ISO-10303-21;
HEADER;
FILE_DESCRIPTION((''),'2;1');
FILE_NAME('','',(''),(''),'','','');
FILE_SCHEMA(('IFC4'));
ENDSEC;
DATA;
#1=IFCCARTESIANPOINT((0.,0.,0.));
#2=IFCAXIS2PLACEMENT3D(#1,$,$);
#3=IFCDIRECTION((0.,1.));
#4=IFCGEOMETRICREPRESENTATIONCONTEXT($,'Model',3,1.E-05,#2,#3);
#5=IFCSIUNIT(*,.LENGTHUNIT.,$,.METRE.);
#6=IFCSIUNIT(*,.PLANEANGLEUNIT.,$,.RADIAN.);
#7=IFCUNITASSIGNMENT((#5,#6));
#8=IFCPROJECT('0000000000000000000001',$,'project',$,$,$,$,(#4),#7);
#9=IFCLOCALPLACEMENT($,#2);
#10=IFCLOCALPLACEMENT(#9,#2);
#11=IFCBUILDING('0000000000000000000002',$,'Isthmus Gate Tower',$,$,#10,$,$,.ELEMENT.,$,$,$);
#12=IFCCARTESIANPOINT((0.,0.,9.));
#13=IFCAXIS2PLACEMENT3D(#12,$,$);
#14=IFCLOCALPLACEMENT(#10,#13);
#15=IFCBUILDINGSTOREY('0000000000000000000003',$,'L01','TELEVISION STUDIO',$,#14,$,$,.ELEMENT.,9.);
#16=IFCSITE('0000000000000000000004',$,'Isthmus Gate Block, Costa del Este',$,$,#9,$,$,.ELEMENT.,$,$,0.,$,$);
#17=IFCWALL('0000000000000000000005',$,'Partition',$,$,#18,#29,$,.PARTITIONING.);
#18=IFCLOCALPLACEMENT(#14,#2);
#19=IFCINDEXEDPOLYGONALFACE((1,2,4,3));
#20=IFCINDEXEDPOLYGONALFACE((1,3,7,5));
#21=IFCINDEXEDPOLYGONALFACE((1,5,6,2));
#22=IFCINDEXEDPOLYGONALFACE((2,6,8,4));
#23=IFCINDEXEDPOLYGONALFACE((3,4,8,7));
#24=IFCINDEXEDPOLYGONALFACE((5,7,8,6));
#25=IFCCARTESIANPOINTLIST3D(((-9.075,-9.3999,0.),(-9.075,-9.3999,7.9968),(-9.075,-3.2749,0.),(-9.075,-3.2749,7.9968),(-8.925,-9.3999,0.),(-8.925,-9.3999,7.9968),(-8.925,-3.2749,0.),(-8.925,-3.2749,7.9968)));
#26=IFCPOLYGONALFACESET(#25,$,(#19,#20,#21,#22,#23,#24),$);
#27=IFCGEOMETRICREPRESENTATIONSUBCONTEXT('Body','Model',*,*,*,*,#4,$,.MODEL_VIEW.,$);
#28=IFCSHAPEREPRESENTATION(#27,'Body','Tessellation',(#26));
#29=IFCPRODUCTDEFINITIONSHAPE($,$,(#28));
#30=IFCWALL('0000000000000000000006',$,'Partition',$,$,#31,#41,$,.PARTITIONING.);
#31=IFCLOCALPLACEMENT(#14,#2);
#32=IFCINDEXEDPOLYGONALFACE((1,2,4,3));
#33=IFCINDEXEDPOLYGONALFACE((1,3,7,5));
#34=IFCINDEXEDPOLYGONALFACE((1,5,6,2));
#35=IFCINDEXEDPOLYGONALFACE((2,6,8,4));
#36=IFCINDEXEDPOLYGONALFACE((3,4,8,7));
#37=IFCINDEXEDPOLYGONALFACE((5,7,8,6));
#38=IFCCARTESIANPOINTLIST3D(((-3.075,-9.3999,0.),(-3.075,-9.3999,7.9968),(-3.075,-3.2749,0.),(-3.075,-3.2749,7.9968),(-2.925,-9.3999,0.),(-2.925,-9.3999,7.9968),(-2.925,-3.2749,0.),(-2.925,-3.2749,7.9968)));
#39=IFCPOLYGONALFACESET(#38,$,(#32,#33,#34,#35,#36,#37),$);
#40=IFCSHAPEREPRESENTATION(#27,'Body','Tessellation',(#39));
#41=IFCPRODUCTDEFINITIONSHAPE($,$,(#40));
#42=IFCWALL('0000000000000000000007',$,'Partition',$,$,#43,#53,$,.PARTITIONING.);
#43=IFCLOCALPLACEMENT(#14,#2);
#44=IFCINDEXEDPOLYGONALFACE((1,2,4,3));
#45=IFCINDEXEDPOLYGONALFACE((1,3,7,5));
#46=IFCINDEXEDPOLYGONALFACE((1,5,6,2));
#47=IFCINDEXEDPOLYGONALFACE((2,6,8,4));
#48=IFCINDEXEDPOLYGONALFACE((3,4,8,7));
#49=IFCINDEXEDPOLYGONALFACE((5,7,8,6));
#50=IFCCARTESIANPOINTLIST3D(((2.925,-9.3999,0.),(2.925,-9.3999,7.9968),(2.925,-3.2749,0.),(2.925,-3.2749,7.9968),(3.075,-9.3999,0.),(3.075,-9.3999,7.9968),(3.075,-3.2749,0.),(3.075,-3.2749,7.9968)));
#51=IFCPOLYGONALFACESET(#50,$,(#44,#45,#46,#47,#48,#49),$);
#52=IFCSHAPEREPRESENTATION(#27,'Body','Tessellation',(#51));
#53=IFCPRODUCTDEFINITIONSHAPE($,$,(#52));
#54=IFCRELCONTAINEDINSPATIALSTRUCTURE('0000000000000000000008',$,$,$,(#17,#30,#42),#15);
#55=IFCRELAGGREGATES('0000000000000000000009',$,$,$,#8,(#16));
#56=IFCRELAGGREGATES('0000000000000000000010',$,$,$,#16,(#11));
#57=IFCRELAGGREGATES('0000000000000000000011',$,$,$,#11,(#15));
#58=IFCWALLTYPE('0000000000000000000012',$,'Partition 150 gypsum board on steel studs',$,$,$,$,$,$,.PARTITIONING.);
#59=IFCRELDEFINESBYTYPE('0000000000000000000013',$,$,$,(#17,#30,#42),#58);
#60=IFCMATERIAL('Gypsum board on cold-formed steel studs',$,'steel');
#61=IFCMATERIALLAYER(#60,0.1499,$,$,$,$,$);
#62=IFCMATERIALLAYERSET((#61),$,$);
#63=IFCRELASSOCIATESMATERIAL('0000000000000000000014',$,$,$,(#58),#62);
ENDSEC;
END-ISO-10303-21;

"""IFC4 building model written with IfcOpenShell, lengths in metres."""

from ifc_helpers import new_model, si_unit, direction, frame, frame_2d, origin, place, context, subcontext, project, spatial, rectangle, extrude, material, layer, layer_set, type_object, element, save


model = new_model("IFC4")

# Units and contexts
model_context = context("Model", 3, precision=1e-05, world=origin(), true_north=direction((0.0, 1.0)))
body_context = subcontext(model_context, "Body", "Model", "MODEL_VIEW")
ifc_project = project(units=[si_unit("LENGTHUNIT", "METRE"), si_unit("PLANEANGLEUNIT", "RADIAN")], contexts=[model_context])

# Site, building, storey
site_placement = place(None, origin())
site = spatial("IfcSite", under=ifc_project, at=site_placement, Name="Isthmus Gate Block, Costa del Este", CompositionType="ELEMENT", RefElevation=0.0)
building_placement = place(site_placement, origin())
building = spatial("IfcBuilding", under=site, at=building_placement, Name="Isthmus Gate Tower", CompositionType="ELEMENT")
storey_placement = place(building_placement, frame((0.0, 0.0, 9.0)))
storey = spatial("IfcBuildingStorey", under=building, at=storey_placement, Name="L01", Description="TELEVISION STUDIO", CompositionType="ELEMENT", Elevation=9.0)

# Walls
ifc_material_1 = material(Name="Gypsum board on cold-formed steel studs", Category="steel")
ifc_layer_1 = layer(ifc_material_1, 0.1499)
ifc_layer_set_1 = layer_set([ifc_layer_1])
wall_type = type_object("IfcWallType", Name="Partition 150 gypsum board on steel studs", PredefinedType="PARTITIONING", material=ifc_layer_set_1)
for number, where, z_axis, x_axis, name in (
    (1, (-9.0, -9.3999, 0.0), (0.0, 0.0, 1.0), (0.0, 1.0, 0.0), "Partition"),
    (2, (-3.0, -9.3999, 0.0), (0.0, 0.0, 1.0), (0.0, 1.0, 0.0), "Partition"),
    (3, (3.0, -9.3999, 0.0), (0.0, 0.0, 1.0), (0.0, 1.0, 0.0), "Partition"),
):
    element("IfcWall", number, at=place(storey_placement, frame(where, z_axis=z_axis, x_axis=x_axis)), inside=storey, type_object=wall_type, Name=name, PredefinedType="PARTITIONING", context=body_context, shape_type="SweptSolid", body=[
        extrude(rectangle(XDim=6.125, YDim=0.1499, at=frame_2d((3.0625, 0.0))), origin(), (0.0, 0.0, 1.0), 7.9968),
    ])

save(model, "model.ifc")
